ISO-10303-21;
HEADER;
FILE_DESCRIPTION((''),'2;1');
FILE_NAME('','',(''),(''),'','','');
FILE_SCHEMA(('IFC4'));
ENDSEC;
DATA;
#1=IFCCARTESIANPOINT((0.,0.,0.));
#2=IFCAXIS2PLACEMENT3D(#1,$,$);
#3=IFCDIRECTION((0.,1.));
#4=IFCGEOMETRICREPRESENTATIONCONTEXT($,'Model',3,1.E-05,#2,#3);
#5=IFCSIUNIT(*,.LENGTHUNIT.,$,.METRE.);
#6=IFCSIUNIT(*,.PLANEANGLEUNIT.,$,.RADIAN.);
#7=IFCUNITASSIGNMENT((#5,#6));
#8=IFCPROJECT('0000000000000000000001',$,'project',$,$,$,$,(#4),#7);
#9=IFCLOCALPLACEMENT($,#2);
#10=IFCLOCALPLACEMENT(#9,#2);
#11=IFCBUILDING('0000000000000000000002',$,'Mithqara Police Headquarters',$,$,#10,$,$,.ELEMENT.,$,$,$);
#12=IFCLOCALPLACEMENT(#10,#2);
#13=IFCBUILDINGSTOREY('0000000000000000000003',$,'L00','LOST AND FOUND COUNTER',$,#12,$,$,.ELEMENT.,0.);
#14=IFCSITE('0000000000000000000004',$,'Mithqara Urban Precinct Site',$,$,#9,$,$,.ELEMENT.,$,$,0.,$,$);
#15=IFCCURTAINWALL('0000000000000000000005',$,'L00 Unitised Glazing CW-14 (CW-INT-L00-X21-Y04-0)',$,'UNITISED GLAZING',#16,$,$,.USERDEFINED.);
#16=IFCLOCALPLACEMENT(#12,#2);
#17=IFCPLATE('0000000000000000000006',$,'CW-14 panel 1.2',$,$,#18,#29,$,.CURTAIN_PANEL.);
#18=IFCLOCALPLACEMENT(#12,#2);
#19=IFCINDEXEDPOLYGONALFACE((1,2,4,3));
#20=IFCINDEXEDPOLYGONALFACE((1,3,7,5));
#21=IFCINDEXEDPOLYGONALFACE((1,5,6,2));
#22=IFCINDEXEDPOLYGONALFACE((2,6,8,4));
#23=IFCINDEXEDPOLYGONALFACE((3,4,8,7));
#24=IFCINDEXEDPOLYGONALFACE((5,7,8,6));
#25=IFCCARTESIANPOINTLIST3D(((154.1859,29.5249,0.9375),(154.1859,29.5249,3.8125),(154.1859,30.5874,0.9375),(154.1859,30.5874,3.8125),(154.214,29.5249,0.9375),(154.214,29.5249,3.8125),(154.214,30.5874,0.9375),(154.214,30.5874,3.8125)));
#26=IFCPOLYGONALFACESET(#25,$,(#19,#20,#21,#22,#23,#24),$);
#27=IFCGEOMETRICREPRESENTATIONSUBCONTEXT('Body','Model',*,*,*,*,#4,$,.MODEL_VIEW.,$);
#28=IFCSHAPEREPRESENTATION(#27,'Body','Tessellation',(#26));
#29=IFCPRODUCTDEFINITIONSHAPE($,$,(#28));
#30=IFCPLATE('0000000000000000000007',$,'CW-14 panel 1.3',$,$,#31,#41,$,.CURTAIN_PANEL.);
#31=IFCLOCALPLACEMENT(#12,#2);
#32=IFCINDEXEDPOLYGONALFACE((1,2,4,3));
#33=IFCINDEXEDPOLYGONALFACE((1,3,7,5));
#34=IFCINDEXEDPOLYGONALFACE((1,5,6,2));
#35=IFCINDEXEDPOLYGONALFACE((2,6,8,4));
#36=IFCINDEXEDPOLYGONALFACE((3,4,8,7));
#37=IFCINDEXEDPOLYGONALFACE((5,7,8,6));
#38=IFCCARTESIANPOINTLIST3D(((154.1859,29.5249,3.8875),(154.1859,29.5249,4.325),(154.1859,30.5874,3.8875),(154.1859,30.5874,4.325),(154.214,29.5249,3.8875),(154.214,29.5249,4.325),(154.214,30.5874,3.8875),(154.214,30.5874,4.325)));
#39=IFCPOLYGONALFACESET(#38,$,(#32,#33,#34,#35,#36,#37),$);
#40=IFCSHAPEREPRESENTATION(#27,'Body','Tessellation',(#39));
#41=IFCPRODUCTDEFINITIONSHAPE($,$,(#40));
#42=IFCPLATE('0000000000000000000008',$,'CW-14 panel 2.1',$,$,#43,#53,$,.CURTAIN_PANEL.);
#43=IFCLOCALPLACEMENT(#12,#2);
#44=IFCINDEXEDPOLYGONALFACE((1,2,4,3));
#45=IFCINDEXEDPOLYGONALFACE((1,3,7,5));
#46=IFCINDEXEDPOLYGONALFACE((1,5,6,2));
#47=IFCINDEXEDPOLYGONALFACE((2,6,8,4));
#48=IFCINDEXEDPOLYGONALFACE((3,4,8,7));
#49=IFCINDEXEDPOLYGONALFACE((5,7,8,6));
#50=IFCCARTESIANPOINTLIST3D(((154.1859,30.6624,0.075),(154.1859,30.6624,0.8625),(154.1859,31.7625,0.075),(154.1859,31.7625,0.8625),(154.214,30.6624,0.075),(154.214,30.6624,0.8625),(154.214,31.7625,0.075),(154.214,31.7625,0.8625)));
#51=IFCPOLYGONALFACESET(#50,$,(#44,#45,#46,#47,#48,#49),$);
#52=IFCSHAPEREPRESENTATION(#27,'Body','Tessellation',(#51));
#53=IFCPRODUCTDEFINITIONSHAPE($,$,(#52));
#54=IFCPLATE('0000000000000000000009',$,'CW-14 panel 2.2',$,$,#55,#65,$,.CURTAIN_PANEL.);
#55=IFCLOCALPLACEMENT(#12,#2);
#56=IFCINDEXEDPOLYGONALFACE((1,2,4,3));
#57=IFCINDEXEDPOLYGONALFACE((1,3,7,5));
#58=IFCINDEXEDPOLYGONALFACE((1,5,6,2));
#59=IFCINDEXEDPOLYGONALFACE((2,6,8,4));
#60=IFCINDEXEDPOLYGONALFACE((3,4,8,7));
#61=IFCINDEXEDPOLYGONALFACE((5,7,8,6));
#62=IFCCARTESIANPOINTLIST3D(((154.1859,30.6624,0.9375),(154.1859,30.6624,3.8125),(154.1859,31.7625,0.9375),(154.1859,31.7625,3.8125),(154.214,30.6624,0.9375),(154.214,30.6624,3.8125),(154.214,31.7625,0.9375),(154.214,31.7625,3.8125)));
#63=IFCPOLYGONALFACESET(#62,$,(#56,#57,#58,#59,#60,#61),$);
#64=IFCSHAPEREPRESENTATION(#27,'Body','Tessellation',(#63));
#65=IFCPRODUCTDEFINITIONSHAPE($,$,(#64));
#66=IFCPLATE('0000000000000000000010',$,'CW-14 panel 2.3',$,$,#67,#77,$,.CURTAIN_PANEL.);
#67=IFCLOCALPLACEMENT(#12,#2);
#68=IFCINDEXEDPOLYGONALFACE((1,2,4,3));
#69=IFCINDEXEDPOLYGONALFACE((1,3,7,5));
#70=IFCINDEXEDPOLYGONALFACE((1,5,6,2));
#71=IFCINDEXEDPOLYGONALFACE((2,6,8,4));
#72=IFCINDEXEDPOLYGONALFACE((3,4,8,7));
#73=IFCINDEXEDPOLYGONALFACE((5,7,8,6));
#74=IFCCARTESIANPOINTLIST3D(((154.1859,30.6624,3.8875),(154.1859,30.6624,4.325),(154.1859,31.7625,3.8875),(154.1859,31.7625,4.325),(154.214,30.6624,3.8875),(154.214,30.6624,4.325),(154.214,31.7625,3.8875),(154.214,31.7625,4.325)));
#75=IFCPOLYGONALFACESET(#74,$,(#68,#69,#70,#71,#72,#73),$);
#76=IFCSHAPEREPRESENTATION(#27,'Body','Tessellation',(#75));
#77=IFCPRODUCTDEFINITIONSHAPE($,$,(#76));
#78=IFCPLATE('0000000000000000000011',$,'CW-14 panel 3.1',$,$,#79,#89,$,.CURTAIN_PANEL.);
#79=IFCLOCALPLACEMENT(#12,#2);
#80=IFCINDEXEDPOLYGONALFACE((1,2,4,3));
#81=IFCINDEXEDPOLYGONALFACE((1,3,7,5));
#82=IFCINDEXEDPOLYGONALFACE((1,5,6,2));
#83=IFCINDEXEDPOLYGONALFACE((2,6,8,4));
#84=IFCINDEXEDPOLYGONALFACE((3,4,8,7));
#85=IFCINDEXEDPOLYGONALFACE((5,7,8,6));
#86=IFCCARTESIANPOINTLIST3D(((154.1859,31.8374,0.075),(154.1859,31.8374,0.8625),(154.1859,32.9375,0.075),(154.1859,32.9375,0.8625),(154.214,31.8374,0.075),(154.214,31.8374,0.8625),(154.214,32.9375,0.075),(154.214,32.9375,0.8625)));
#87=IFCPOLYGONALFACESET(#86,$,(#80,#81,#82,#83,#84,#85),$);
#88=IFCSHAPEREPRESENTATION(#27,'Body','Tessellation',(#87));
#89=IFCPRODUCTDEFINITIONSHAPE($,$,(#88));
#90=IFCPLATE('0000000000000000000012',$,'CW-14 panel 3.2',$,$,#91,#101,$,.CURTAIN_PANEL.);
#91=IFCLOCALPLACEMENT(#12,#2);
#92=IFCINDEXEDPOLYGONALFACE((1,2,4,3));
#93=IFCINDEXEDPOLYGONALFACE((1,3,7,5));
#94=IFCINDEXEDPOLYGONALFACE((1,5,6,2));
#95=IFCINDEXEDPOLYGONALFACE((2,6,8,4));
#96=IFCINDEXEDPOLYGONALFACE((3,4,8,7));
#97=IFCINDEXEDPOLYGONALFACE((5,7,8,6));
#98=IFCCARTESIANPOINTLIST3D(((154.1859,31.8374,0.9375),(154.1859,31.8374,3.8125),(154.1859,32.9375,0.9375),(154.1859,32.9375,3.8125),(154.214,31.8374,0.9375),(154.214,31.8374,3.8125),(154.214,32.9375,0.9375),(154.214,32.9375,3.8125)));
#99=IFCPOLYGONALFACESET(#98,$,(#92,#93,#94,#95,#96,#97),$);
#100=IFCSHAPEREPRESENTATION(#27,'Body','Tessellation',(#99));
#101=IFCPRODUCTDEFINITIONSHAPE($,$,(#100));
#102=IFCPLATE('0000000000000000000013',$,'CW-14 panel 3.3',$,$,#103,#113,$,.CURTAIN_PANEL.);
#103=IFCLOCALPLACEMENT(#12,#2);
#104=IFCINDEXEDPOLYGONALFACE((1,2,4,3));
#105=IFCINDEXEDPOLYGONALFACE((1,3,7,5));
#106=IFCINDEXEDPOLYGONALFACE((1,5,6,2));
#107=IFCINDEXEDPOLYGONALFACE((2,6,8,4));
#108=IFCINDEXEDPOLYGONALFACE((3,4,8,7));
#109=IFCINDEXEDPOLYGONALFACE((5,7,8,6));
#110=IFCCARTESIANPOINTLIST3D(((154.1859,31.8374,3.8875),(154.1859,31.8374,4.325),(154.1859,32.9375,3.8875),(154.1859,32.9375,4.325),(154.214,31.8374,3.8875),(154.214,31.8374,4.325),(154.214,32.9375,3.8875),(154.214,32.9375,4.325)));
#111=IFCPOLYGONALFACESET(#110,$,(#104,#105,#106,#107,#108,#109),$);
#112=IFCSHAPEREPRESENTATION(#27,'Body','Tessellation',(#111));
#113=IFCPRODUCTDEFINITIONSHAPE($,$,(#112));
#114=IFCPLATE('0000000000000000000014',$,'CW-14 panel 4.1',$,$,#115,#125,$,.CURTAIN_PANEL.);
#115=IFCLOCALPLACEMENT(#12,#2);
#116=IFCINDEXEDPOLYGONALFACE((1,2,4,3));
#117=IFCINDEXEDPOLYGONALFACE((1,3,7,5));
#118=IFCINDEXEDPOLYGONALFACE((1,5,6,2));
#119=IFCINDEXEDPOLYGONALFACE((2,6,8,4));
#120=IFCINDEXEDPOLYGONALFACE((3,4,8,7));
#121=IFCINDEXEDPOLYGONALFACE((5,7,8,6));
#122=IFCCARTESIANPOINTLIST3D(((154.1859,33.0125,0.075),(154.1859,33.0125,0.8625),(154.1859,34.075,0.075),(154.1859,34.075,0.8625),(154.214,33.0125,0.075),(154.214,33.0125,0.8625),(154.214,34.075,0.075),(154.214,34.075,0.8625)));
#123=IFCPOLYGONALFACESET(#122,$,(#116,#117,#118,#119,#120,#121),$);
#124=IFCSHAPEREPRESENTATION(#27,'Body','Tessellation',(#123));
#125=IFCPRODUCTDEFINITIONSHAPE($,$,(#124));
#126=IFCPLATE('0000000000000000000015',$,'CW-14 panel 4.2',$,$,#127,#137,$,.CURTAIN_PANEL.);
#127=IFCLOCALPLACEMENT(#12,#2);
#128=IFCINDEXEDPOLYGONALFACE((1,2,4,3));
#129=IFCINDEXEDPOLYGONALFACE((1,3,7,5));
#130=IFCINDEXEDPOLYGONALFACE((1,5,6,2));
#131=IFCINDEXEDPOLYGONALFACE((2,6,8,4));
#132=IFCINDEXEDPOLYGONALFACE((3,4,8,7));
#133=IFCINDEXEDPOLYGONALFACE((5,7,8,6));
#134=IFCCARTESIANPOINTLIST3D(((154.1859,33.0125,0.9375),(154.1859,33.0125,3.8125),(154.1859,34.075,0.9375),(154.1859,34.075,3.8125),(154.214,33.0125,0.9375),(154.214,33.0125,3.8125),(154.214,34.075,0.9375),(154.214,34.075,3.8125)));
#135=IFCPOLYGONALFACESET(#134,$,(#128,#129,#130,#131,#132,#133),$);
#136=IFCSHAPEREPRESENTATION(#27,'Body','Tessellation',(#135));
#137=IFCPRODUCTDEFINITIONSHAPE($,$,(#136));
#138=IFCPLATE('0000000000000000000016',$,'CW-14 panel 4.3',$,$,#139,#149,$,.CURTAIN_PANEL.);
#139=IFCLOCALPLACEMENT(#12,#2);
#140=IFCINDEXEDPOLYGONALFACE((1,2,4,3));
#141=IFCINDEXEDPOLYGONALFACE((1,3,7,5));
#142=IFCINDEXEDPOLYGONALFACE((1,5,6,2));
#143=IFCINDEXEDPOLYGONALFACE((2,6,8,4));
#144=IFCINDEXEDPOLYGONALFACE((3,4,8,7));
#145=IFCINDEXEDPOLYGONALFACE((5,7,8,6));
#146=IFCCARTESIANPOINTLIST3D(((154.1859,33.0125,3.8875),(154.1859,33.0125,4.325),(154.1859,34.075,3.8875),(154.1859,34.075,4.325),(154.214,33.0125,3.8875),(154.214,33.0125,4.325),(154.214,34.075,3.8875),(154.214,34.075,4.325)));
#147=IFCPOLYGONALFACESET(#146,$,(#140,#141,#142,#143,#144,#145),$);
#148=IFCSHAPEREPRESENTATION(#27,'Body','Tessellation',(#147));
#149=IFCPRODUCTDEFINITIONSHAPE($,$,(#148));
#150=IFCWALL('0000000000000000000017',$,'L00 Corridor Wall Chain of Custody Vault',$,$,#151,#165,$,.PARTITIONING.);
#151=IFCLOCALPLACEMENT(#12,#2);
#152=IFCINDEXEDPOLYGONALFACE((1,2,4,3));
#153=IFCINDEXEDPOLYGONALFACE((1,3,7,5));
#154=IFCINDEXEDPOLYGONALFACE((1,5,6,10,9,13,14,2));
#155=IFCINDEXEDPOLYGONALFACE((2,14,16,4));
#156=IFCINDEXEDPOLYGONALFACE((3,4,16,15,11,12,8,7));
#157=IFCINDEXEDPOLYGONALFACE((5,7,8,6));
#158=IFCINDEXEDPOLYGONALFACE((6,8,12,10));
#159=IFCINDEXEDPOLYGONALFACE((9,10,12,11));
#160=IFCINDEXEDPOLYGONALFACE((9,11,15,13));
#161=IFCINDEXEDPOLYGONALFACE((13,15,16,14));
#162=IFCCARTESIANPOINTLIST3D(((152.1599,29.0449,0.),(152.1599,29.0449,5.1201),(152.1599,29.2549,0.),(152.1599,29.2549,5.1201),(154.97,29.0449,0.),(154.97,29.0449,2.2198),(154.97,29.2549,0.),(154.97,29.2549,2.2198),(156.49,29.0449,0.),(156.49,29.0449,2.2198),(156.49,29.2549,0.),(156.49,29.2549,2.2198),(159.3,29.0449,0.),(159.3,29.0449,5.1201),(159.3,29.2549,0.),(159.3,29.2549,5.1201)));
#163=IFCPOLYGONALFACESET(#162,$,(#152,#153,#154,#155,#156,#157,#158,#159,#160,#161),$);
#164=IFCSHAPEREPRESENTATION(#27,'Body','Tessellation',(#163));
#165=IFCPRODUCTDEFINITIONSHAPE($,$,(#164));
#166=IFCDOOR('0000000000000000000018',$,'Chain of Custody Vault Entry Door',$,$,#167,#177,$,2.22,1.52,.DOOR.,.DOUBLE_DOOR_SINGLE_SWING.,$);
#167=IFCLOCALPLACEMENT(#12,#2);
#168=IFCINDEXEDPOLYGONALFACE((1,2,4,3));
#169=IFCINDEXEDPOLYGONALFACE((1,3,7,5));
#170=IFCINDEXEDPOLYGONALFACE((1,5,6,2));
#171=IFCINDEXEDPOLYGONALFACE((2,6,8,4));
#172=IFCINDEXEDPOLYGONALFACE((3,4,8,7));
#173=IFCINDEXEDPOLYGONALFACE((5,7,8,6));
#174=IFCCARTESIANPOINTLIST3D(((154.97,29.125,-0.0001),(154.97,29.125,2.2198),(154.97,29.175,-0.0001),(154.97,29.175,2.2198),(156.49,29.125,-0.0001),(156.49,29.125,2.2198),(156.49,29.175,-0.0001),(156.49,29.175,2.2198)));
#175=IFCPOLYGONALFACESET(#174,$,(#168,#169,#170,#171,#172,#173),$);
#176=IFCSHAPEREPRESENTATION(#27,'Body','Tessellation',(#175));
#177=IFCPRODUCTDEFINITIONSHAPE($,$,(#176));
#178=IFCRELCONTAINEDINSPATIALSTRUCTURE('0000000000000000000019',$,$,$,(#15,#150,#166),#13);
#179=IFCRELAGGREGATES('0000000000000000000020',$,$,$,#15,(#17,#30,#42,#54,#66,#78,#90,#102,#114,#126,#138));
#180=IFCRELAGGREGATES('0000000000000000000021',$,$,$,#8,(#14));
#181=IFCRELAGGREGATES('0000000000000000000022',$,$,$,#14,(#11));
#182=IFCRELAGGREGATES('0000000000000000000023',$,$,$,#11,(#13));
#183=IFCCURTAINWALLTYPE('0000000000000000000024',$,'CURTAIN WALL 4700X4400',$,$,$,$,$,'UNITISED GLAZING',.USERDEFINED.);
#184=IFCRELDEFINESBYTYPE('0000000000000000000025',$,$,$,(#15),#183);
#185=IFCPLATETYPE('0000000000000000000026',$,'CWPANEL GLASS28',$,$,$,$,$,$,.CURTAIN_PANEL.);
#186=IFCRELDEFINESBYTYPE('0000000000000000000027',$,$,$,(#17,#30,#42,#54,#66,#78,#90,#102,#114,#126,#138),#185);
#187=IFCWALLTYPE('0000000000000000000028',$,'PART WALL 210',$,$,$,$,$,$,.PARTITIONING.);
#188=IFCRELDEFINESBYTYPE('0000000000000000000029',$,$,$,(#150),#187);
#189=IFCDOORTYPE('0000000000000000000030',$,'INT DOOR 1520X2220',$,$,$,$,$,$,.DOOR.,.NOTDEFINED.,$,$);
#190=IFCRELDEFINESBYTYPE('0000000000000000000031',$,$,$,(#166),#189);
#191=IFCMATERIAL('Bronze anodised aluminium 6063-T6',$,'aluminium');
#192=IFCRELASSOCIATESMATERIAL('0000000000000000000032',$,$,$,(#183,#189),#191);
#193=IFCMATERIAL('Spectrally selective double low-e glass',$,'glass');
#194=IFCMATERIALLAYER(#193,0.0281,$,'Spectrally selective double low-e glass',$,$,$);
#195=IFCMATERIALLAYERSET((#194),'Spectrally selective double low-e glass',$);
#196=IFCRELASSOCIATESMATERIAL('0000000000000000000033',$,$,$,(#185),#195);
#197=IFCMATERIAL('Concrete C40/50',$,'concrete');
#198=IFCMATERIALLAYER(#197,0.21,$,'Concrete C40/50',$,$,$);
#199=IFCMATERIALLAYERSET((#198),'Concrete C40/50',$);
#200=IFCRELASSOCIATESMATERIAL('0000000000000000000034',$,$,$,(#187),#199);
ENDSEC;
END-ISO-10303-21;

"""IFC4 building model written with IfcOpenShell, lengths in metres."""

from ifc_helpers import new_model, si_unit, direction, frame, frame_2d, origin, origin_2d, place, context, subcontext, project, spatial, rectangle, extrude, material, layer, layer_set, type_object, element, fill, aggregate, save


model = new_model("IFC4")

# Units and contexts
model_context = context("Model", 3, precision=1e-05, world=origin(), true_north=direction((0.0, 1.0)))
body_context = subcontext(model_context, "Body", "Model", "MODEL_VIEW")
ifc_project = project(units=[si_unit("LENGTHUNIT", "METRE"), si_unit("PLANEANGLEUNIT", "RADIAN")], contexts=[model_context])

# Site, building, storey
site_placement = place(None, origin())
site = spatial("IfcSite", under=ifc_project, at=site_placement, Name="Mithqara Urban Precinct Site", CompositionType="ELEMENT", RefElevation=0.0)
building_placement = place(site_placement, origin())
building = spatial("IfcBuilding", under=site, at=building_placement, Name="Mithqara Police Headquarters", CompositionType="ELEMENT")
storey_placement = place(building_placement, origin())
storey = spatial("IfcBuildingStorey", under=building, at=storey_placement, Name="L00", Description="LOST AND FOUND COUNTER", CompositionType="ELEMENT", Elevation=0.0)

# Curtain wall, plates
ifc_material_1 = material(Name="Bronze anodised aluminium 6063-T6", Category="aluminium")
curtain_wall_type = type_object("IfcCurtainWallType", Name="CURTAIN WALL 4700X4400", ElementType="UNITISED GLAZING", PredefinedType="USERDEFINED", material=ifc_material_1)
curtain_wall_placement = place(storey_placement, origin())
curtain_wall = element("IfcCurtainWall", 1, at=curtain_wall_placement, inside=storey, type_object=curtain_wall_type, Name="L00 Unitised Glazing CW-14 (CW-INT-L00-X21-Y04-0)", ObjectType="UNITISED GLAZING", PredefinedType="USERDEFINED")
ifc_material_2 = material(Name="Spectrally selective double low-e glass", Category="glass")
ifc_layer_1 = layer(ifc_material_2, 0.0281, Name="Spectrally selective double low-e glass")
ifc_layer_set_1 = layer_set([ifc_layer_1], Name="Spectrally selective double low-e glass")
plate_type = type_object("IfcPlateType", Name="CWPANEL GLASS28", PredefinedType="CURTAIN_PANEL", material=ifc_layer_set_1)
plate_1_placement = place(storey_placement, frame((154.2, 30.0562, 0.9375), z_axis=(0.0, 0.0, 1.0), x_axis=(0.0, 1.0, 0.0)))
plate_1 = element("IfcPlate", 2, at=plate_1_placement, type_object=plate_type, Name="CW-14 panel 1.2", PredefinedType="CURTAIN_PANEL", context=body_context, shape_type="SweptSolid", body=[
    extrude(rectangle(XDim=1.0625, YDim=0.0281, at=origin_2d()), origin(), (0.0, 0.0, 1.0), 2.875),
])
plate_2_placement = place(storey_placement, frame((154.2, 30.0562, 3.8875), z_axis=(0.0, 0.0, 1.0), x_axis=(0.0, 1.0, 0.0)))
plate_2 = element("IfcPlate", 3, at=plate_2_placement, type_object=plate_type, Name="CW-14 panel 1.3", PredefinedType="CURTAIN_PANEL", context=body_context, shape_type="SweptSolid", body=[
    extrude(rectangle(XDim=1.0625, YDim=0.0281, at=origin_2d()), origin(), (0.0, 0.0, 1.0), 0.4375),
])
plate_3_placement = place(storey_placement, frame((154.2, 31.2124, 0.075), z_axis=(0.0, 0.0, 1.0), x_axis=(0.0, 1.0, 0.0)))
plate_3 = element("IfcPlate", 4, at=plate_3_placement, type_object=plate_type, Name="CW-14 panel 2.1", PredefinedType="CURTAIN_PANEL", context=body_context, shape_type="SweptSolid", body=[
    extrude(rectangle(XDim=1.1001, YDim=0.0281, at=origin_2d()), origin(), (0.0, 0.0, 1.0), 0.7876),
])
plate_4_placement = place(storey_placement, frame((154.2, 31.2124, 0.9375), z_axis=(0.0, 0.0, 1.0), x_axis=(0.0, 1.0, 0.0)))
plate_4 = element("IfcPlate", 5, at=plate_4_placement, type_object=plate_type, Name="CW-14 panel 2.2", PredefinedType="CURTAIN_PANEL", context=body_context, shape_type="SweptSolid", body=[
    extrude(rectangle(XDim=1.1001, YDim=0.0281, at=origin_2d()), origin(), (0.0, 0.0, 1.0), 2.875),
])
plate_5_placement = place(storey_placement, frame((154.2, 31.2124, 3.8875), z_axis=(0.0, 0.0, 1.0), x_axis=(0.0, 1.0, 0.0)))
plate_5 = element("IfcPlate", 6, at=plate_5_placement, type_object=plate_type, Name="CW-14 panel 2.3", PredefinedType="CURTAIN_PANEL", context=body_context, shape_type="SweptSolid", body=[
    extrude(rectangle(XDim=1.1001, YDim=0.0281, at=origin_2d()), origin(), (0.0, 0.0, 1.0), 0.4375),
])
plate_6_placement = place(storey_placement, frame((154.2, 32.3875, 0.075), z_axis=(0.0, 0.0, 1.0), x_axis=(0.0, 1.0, 0.0)))
plate_6 = element("IfcPlate", 7, at=plate_6_placement, type_object=plate_type, Name="CW-14 panel 3.1", PredefinedType="CURTAIN_PANEL", context=body_context, shape_type="SweptSolid", body=[
    extrude(rectangle(XDim=1.1001, YDim=0.0281, at=origin_2d()), origin(), (0.0, 0.0, 1.0), 0.7876),
])
plate_7_placement = place(storey_placement, frame((154.2, 32.3875, 0.9375), z_axis=(0.0, 0.0, 1.0), x_axis=(0.0, 1.0, 0.0)))
plate_7 = element("IfcPlate", 8, at=plate_7_placement, type_object=plate_type, Name="CW-14 panel 3.2", PredefinedType="CURTAIN_PANEL", context=body_context, shape_type="SweptSolid", body=[
    extrude(rectangle(XDim=1.1001, YDim=0.0281, at=origin_2d()), origin(), (0.0, 0.0, 1.0), 2.875),
])
plate_8_placement = place(storey_placement, frame((154.2, 32.3875, 3.8875), z_axis=(0.0, 0.0, 1.0), x_axis=(0.0, 1.0, 0.0)))
plate_8 = element("IfcPlate", 9, at=plate_8_placement, type_object=plate_type, Name="CW-14 panel 3.3", PredefinedType="CURTAIN_PANEL", context=body_context, shape_type="SweptSolid", body=[
    extrude(rectangle(XDim=1.1001, YDim=0.0281, at=origin_2d()), origin(), (0.0, 0.0, 1.0), 0.4375),
])
plate_9_placement = place(storey_placement, frame((154.2, 33.5437, 0.075), z_axis=(0.0, 0.0, 1.0), x_axis=(0.0, 1.0, 0.0)))
plate_9 = element("IfcPlate", 10, at=plate_9_placement, type_object=plate_type, Name="CW-14 panel 4.1", PredefinedType="CURTAIN_PANEL", context=body_context, shape_type="SweptSolid", body=[
    extrude(rectangle(XDim=1.0625, YDim=0.0281, at=origin_2d()), origin(), (0.0, 0.0, 1.0), 0.7876),
])
plate_10_placement = place(storey_placement, frame((154.2, 33.5437, 0.9375), z_axis=(0.0, 0.0, 1.0), x_axis=(0.0, 1.0, 0.0)))
plate_10 = element("IfcPlate", 11, at=plate_10_placement, type_object=plate_type, Name="CW-14 panel 4.2", PredefinedType="CURTAIN_PANEL", context=body_context, shape_type="SweptSolid", body=[
    extrude(rectangle(XDim=1.0625, YDim=0.0281, at=origin_2d()), origin(), (0.0, 0.0, 1.0), 2.875),
])
plate_11_placement = place(storey_placement, frame((154.2, 33.5437, 3.8875), z_axis=(0.0, 0.0, 1.0), x_axis=(0.0, 1.0, 0.0)))
plate_11 = element("IfcPlate", 12, at=plate_11_placement, type_object=plate_type, Name="CW-14 panel 4.3", PredefinedType="CURTAIN_PANEL", context=body_context, shape_type="SweptSolid", body=[
    extrude(rectangle(XDim=1.0625, YDim=0.0281, at=origin_2d()), origin(), (0.0, 0.0, 1.0), 0.4375),
])
aggregate(curtain_wall, [plate_1, plate_2, plate_3, plate_4, plate_5, plate_6, plate_7, plate_8, plate_9, plate_10, plate_11])

# Wall, opening, door
ifc_material_3 = material(Name="Concrete C40/50", Category="concrete")
ifc_layer_2 = layer(ifc_material_3, 0.21, Name="Concrete C40/50")
ifc_layer_set_2 = layer_set([ifc_layer_2], Name="Concrete C40/50")
wall_type = type_object("IfcWallType", Name="PART WALL 210", PredefinedType="PARTITIONING", material=ifc_layer_set_2)
wall_placement = place(storey_placement, frame((152.1599, 29.1499, 0.0), z_axis=(0.0, 0.0, 1.0), x_axis=(1.0, 0.0, 0.0)))
wall = element("IfcWall", 13, at=wall_placement, inside=storey, type_object=wall_type, Name="L00 Corridor Wall Chain of Custody Vault", PredefinedType="PARTITIONING", context=body_context, shape_type="SweptSolid", body=[
    extrude(rectangle(XDim=7.1401, YDim=0.21, at=frame_2d((3.5701, 0.0))), origin(), (0.0, 0.0, 1.0), 5.1201),
])
opening_placement = place(wall_placement, frame((2.8101, 0.0, 0.0)))
opening = element("IfcOpeningElement", 14, at=opening_placement, cuts=wall, PredefinedType="OPENING", context=body_context, shape_type="SweptSolid", body=[
    extrude(rectangle(XDim=1.52, YDim=2.22, at=frame_2d((0.76, 1.1099))), frame((0.0, 0.115, 0.0), z_axis=(0.0, -1.0, 0.0), x_axis=(1.0, 0.0, 0.0)), (0.0, 0.0, 1.0), 0.23),
])
door_type = type_object("IfcDoorType", Name="INT DOOR 1520X2220", OperationType="NOTDEFINED", PredefinedType="DOOR", material=ifc_material_1)
door_placement = place(opening_placement, frame((1.52, 0.0, 0.0), z_axis=(0.0, 0.0, 1.0), x_axis=(-1.0, 0.0, 0.0)))
door = element("IfcDoor", 15, at=door_placement, inside=storey, type_object=door_type, Name="Chain of Custody Vault Entry Door", OperationType="DOUBLE_DOOR_SINGLE_SWING", OverallHeight=2.22, OverallWidth=1.52, PredefinedType="DOOR", context=body_context, shape_type="SweptSolid", body=[
    extrude(rectangle(XDim=1.52, YDim=2.22, at=frame_2d((0.76, 1.1099))), frame((0.0, 0.0249, 0.0), z_axis=(0.0, -1.0, 0.0), x_axis=(1.0, 0.0, 0.0)), (0.0, 0.0, 1.0), 0.05),
])
fill(opening, door)

save(model, "model.ifc")
